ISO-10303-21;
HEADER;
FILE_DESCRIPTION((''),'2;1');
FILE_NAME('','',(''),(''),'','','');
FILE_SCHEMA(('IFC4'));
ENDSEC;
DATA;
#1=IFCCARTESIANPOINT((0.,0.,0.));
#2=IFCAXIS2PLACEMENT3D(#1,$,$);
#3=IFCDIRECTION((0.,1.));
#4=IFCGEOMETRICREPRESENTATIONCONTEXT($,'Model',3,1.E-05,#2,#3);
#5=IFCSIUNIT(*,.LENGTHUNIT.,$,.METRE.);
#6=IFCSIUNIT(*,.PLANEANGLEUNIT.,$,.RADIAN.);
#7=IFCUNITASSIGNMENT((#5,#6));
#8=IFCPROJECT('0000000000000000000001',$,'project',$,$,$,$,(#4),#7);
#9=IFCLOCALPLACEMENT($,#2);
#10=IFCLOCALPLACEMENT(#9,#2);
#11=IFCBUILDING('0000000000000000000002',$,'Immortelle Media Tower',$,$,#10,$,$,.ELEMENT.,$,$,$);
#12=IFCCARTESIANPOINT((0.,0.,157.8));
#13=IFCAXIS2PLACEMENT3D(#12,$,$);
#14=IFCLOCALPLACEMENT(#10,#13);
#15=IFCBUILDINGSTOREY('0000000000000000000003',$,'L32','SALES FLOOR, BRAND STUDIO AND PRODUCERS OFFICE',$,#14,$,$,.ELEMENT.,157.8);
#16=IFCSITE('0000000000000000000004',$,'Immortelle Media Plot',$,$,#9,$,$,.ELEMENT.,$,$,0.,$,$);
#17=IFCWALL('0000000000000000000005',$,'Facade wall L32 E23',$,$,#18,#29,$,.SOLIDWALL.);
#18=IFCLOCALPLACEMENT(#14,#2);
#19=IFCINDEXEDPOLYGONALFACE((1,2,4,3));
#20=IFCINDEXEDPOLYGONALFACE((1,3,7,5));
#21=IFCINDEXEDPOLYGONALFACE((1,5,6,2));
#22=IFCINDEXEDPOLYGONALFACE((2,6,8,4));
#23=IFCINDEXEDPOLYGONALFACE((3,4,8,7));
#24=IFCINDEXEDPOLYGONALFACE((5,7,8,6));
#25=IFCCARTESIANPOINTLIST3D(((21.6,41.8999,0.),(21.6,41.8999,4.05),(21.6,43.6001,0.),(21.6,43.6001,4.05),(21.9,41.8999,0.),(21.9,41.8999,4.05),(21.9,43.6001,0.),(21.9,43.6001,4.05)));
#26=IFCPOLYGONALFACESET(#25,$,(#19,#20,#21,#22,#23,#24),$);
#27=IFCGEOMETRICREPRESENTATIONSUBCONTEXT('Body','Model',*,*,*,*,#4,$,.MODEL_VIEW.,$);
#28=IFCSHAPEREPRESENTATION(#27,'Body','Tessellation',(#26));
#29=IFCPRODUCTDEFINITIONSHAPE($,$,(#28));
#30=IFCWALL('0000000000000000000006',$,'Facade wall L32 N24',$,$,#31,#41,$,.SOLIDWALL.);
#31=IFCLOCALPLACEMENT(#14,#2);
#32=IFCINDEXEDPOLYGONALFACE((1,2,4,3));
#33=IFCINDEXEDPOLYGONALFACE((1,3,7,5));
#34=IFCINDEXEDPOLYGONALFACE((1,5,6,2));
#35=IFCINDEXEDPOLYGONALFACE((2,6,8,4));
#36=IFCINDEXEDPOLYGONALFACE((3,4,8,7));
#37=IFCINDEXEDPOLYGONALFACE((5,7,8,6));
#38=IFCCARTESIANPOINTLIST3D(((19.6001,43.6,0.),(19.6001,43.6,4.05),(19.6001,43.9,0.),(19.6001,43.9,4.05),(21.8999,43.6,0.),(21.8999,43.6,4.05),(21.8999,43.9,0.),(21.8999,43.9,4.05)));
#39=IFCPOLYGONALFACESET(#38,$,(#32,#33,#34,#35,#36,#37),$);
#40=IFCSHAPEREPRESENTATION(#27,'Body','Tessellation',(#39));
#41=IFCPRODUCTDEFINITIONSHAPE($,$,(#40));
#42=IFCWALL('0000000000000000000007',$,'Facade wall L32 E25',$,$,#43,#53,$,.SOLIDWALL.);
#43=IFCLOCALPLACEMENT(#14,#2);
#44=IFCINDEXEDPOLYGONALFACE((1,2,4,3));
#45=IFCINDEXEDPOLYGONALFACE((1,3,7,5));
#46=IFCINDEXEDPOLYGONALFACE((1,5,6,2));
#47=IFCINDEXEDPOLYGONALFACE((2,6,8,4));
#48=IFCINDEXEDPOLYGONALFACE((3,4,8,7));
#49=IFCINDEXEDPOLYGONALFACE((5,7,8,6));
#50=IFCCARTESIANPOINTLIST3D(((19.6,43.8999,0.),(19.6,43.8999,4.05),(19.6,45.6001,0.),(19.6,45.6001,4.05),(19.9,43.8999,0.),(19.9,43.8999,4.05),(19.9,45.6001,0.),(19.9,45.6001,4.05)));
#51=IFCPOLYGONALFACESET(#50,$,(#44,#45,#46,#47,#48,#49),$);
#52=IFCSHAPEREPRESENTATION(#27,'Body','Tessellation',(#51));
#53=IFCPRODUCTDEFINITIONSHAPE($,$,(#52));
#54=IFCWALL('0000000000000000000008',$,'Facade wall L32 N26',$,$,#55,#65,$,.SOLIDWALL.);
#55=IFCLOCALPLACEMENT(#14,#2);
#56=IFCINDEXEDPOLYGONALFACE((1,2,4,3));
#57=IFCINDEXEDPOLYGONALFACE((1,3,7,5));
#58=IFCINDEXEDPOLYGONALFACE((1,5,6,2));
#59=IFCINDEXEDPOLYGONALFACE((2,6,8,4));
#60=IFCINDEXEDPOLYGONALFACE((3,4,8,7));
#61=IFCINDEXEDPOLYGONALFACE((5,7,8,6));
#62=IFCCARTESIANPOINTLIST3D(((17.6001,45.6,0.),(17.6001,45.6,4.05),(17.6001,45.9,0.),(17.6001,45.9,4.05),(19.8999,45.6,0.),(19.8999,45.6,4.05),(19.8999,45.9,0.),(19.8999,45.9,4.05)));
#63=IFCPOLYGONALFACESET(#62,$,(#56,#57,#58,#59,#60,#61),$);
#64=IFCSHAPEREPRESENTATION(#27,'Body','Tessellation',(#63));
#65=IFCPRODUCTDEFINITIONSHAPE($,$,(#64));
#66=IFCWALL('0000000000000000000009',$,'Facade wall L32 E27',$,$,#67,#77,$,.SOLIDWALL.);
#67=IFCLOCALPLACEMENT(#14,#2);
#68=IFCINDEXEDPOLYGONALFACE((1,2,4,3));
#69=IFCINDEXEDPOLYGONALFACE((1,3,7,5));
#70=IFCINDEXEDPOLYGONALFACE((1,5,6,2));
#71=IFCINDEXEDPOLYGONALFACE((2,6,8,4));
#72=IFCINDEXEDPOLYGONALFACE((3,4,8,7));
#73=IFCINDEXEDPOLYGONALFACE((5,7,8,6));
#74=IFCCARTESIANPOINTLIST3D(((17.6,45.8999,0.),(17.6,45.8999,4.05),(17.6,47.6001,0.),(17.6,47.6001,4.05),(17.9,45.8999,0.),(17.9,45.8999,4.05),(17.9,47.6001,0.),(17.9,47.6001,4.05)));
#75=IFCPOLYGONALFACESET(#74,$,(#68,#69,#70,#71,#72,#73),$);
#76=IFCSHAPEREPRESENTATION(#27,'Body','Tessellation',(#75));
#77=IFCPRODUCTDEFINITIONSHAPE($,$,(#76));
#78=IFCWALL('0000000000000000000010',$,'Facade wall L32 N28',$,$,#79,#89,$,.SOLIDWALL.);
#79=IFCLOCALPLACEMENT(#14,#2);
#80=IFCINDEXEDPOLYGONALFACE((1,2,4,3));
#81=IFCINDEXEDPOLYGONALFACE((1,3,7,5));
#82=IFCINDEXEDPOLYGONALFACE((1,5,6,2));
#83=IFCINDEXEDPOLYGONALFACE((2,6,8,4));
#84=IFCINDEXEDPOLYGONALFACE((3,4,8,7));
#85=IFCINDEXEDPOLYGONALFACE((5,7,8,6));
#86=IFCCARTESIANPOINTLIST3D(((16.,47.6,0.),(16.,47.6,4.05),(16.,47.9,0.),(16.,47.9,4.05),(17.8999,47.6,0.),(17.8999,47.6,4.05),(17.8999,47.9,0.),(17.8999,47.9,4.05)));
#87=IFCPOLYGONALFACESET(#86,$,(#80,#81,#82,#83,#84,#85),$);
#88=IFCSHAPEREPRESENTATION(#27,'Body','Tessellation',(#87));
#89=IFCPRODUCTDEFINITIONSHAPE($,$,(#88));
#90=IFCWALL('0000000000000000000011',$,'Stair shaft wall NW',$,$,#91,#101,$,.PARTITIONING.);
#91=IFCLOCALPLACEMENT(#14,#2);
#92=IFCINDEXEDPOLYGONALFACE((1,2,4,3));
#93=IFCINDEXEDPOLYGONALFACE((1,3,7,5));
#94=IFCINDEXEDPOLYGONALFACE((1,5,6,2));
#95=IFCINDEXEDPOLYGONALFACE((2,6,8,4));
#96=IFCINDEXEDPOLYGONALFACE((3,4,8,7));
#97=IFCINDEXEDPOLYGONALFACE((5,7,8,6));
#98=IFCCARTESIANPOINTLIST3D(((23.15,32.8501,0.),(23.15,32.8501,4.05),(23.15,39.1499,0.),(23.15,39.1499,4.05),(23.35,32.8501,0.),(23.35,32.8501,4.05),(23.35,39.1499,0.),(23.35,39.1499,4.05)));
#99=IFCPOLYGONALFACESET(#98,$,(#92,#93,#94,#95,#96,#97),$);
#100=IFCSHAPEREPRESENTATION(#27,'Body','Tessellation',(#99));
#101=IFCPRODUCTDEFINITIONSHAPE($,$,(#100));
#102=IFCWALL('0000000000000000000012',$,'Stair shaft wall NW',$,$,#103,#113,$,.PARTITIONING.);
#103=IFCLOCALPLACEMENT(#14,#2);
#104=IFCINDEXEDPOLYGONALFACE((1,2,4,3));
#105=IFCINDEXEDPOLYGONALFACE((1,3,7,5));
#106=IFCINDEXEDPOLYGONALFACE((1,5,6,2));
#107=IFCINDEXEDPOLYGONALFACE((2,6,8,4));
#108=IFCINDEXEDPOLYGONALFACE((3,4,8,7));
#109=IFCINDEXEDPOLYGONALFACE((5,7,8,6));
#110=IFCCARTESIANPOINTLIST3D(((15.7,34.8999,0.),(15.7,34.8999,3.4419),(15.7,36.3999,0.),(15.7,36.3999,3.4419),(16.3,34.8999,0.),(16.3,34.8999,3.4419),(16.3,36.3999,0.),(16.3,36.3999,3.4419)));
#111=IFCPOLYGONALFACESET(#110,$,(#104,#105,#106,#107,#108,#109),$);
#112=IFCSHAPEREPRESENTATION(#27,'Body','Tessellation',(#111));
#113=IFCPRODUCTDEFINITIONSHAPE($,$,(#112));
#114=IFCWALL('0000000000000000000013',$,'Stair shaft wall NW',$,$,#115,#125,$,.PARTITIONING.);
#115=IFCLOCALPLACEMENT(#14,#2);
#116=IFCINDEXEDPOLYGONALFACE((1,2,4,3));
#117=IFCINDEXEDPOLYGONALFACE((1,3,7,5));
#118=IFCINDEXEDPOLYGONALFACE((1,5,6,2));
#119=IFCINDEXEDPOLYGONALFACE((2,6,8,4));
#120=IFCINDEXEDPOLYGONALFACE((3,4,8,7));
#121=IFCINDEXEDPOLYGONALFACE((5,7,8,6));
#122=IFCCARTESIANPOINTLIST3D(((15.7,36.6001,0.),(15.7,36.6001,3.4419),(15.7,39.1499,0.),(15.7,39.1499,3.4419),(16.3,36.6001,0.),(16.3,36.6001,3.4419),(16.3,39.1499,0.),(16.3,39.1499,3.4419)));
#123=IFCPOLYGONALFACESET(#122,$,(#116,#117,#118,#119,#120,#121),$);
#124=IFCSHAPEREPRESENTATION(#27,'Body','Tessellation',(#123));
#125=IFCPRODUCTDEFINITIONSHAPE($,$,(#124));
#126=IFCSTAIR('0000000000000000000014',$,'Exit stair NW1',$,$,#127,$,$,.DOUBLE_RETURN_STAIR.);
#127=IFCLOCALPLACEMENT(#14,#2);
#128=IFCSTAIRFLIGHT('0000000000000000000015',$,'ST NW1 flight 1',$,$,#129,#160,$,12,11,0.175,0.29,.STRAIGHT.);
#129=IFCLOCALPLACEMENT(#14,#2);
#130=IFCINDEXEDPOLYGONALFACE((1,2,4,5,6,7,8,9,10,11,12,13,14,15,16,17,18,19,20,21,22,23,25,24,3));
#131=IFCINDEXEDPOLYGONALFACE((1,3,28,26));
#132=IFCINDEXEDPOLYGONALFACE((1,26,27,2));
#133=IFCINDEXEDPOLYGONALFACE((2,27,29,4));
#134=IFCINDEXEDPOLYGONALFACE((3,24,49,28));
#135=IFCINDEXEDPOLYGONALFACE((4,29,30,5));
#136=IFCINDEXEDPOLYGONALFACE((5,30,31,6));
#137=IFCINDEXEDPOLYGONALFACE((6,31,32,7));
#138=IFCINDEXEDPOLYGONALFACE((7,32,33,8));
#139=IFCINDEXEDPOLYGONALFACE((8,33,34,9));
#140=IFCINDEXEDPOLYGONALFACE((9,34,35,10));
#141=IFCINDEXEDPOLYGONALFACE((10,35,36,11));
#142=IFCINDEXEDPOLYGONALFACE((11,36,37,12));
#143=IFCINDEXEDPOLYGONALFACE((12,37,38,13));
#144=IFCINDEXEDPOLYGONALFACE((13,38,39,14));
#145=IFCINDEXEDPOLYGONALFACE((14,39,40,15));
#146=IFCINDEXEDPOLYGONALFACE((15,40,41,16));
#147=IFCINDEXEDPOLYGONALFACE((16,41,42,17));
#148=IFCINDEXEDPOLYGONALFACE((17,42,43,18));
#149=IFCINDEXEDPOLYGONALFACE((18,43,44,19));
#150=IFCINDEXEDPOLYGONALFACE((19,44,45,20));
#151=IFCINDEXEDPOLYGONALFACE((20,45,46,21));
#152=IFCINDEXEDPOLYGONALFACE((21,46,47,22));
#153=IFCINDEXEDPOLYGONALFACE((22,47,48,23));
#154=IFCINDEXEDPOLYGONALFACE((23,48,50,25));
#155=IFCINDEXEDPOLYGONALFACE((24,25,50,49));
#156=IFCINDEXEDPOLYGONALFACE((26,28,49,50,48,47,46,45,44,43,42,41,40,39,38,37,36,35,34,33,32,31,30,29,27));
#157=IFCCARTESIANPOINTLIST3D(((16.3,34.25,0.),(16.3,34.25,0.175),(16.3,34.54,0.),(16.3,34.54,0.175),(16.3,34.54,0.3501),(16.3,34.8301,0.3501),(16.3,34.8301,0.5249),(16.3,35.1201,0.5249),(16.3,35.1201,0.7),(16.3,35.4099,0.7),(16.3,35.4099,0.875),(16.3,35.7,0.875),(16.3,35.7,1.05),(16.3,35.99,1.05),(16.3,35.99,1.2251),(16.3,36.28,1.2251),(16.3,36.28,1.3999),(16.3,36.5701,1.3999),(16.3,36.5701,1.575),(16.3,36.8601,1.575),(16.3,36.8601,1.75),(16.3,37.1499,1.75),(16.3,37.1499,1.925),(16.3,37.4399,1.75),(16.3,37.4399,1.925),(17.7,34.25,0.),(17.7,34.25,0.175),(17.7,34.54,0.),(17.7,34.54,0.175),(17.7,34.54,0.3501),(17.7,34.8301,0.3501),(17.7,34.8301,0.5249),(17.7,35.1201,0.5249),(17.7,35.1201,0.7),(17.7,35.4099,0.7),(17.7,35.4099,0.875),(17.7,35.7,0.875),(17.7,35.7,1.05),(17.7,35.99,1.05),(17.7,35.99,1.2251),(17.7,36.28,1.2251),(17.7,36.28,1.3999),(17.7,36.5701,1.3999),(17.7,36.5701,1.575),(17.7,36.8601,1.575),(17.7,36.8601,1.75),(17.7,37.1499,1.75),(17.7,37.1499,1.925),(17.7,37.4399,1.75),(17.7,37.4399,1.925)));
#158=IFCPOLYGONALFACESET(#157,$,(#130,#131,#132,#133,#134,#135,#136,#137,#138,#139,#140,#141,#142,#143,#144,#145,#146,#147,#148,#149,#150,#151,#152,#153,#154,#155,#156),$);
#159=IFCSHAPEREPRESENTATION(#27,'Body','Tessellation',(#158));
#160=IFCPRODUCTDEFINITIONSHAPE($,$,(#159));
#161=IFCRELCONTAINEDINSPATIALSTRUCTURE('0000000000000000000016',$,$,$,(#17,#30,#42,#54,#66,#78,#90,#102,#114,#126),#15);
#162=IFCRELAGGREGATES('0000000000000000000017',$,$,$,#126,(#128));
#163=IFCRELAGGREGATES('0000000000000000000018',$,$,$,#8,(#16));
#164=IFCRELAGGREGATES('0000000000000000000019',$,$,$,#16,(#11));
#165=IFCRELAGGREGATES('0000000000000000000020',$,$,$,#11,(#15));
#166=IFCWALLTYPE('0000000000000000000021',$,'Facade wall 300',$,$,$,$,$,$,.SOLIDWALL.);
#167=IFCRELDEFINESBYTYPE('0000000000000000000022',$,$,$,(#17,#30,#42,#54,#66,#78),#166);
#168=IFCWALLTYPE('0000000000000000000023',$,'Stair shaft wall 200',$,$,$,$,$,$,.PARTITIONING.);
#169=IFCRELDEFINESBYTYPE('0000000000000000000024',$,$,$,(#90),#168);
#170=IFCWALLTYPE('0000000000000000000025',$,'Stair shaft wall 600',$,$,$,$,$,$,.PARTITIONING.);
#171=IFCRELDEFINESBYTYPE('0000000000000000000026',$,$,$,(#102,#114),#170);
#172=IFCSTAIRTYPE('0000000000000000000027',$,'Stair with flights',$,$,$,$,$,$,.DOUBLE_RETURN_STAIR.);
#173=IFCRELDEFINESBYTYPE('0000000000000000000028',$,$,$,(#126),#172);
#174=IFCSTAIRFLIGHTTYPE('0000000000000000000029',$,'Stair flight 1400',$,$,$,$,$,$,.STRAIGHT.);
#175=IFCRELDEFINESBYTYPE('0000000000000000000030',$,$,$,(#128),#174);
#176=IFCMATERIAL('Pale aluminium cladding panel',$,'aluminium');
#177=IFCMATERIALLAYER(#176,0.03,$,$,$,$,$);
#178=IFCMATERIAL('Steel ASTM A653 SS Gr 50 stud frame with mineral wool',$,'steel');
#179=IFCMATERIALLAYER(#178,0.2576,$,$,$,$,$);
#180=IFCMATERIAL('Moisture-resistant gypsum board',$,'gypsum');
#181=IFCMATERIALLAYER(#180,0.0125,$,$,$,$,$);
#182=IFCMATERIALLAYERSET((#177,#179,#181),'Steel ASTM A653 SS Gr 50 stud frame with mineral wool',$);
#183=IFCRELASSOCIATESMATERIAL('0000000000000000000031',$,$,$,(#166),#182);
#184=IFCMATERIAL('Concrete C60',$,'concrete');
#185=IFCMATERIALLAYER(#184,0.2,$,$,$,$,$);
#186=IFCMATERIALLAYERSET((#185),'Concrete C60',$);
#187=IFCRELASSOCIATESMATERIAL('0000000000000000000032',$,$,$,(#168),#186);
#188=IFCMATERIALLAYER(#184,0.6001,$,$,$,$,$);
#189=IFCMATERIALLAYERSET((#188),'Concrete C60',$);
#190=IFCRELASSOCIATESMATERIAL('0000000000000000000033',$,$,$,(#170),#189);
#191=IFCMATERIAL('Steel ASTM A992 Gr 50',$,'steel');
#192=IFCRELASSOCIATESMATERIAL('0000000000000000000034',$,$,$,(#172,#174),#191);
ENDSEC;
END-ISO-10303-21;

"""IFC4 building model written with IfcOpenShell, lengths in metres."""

from ifc_helpers import new_model, si_unit, direction, frame, frame_2d, origin, place, context, subcontext, project, spatial, polyline, rectangle, outline, extrude, material, layer, layer_set, type_object, element, aggregate, save


model = new_model("IFC4")

# Units and contexts
model_context = context("Model", 3, precision=1e-05, world=origin(), true_north=direction((0.0, 1.0)))
body_context = subcontext(model_context, "Body", "Model", "MODEL_VIEW")
ifc_project = project(units=[si_unit("LENGTHUNIT", "METRE"), si_unit("PLANEANGLEUNIT", "RADIAN")], contexts=[model_context])

# Site, building, storey
site_placement = place(None, origin())
site = spatial("IfcSite", under=ifc_project, at=site_placement, Name="Immortelle Media Plot", CompositionType="ELEMENT", RefElevation=0.0)
building_placement = place(site_placement, origin())
building = spatial("IfcBuilding", under=site, at=building_placement, Name="Immortelle Media Tower", CompositionType="ELEMENT")
storey_placement = place(building_placement, frame((0.0, 0.0, 157.8)))
storey = spatial("IfcBuildingStorey", under=building, at=storey_placement, Name="L32", Description="SALES FLOOR, BRAND STUDIO AND PRODUCERS OFFICE", CompositionType="ELEMENT", Elevation=157.8)

# Shared definitions
ifc_material_1 = material(Name="Steel ASTM A992 Gr 50", Category="steel")

# Walls
ifc_material_2 = material(Name="Pale aluminium cladding panel", Category="aluminium")
ifc_layer_1 = layer(ifc_material_2, 0.03)
ifc_material_3 = material(Name="Steel ASTM A653 SS Gr 50 stud frame with mineral wool", Category="steel")
ifc_layer_2 = layer(ifc_material_3, 0.2576)
ifc_material_4 = material(Name="Moisture-resistant gypsum board", Category="gypsum")
ifc_layer_3 = layer(ifc_material_4, 0.0125)
ifc_layer_set_1 = layer_set([ifc_layer_1, ifc_layer_2, ifc_layer_3], Name="Steel ASTM A653 SS Gr 50 stud frame with mineral wool")
wall_type_1 = type_object("IfcWallType", Name="Facade wall 300", PredefinedType="SOLIDWALL", material=ifc_layer_set_1)
wall_1_placement = place(storey_placement, frame((21.75, 41.8999, 0.0), z_axis=(0.0, 0.0, 1.0), x_axis=(0.0, 1.0, 0.0)))
element("IfcWall", 1, at=wall_1_placement, inside=storey, type_object=wall_type_1, Name="Facade wall L32 E23", PredefinedType="SOLIDWALL", context=body_context, shape_type="SweptSolid", body=[
    extrude(rectangle(XDim=1.7002, YDim=0.3, at=frame_2d((0.8501, 0.0))), origin(), (0.0, 0.0, 1.0), 4.05),
])
wall_2_placement = place(storey_placement, frame((21.8999, 43.75, 0.0), z_axis=(0.0, 0.0, 1.0), x_axis=(-1.0, 0.0, 0.0)))
element("IfcWall", 2, at=wall_2_placement, inside=storey, type_object=wall_type_1, Name="Facade wall L32 N24", PredefinedType="SOLIDWALL", context=body_context, shape_type="SweptSolid", body=[
    extrude(rectangle(XDim=2.2998, YDim=0.3, at=frame_2d((1.1499, 0.0))), origin(), (0.0, 0.0, 1.0), 4.05),
])
wall_3_placement = place(storey_placement, frame((19.75, 43.8999, 0.0), z_axis=(0.0, 0.0, 1.0), x_axis=(0.0, 1.0, 0.0)))
element("IfcWall", 3, at=wall_3_placement, inside=storey, type_object=wall_type_1, Name="Facade wall L32 E25", PredefinedType="SOLIDWALL", context=body_context, shape_type="SweptSolid", body=[
    extrude(rectangle(XDim=1.7002, YDim=0.3, at=frame_2d((0.8501, 0.0))), origin(), (0.0, 0.0, 1.0), 4.05),
])
wall_4_placement = place(storey_placement, frame((19.8999, 45.75, 0.0), z_axis=(0.0, 0.0, 1.0), x_axis=(-1.0, 0.0, 0.0)))
element("IfcWall", 4, at=wall_4_placement, inside=storey, type_object=wall_type_1, Name="Facade wall L32 N26", PredefinedType="SOLIDWALL", context=body_context, shape_type="SweptSolid", body=[
    extrude(rectangle(XDim=2.2998, YDim=0.3, at=frame_2d((1.1499, 0.0))), origin(), (0.0, 0.0, 1.0), 4.05),
])
wall_5_placement = place(storey_placement, frame((17.75, 45.8999, 0.0), z_axis=(0.0, 0.0, 1.0), x_axis=(0.0, 1.0, 0.0)))
element("IfcWall", 5, at=wall_5_placement, inside=storey, type_object=wall_type_1, Name="Facade wall L32 E27", PredefinedType="SOLIDWALL", context=body_context, shape_type="SweptSolid", body=[
    extrude(rectangle(XDim=1.7002, YDim=0.3, at=frame_2d((0.8501, 0.0))), origin(), (0.0, 0.0, 1.0), 4.05),
])
wall_6_placement = place(storey_placement, frame((17.8999, 47.75, 0.0), z_axis=(0.0, 0.0, 1.0), x_axis=(-1.0, 0.0, 0.0)))
element("IfcWall", 6, at=wall_6_placement, inside=storey, type_object=wall_type_1, Name="Facade wall L32 N28", PredefinedType="SOLIDWALL", context=body_context, shape_type="SweptSolid", body=[
    extrude(rectangle(XDim=1.8999, YDim=0.3, at=frame_2d((0.95, 0.0))), origin(), (0.0, 0.0, 1.0), 4.05),
])
ifc_material_5 = material(Name="Concrete C60", Category="concrete")
ifc_layer_4 = layer(ifc_material_5, 0.2)
ifc_layer_set_2 = layer_set([ifc_layer_4], Name="Concrete C60")
wall_type_2 = type_object("IfcWallType", Name="Stair shaft wall 200", PredefinedType="PARTITIONING", material=ifc_layer_set_2)
wall_7_placement = place(storey_placement, frame((23.25, 32.8501, 0.0), z_axis=(0.0, 0.0, 1.0), x_axis=(0.0, 1.0, 0.0)))
element("IfcWall", 7, at=wall_7_placement, inside=storey, type_object=wall_type_2, Name="Stair shaft wall NW", PredefinedType="PARTITIONING", context=body_context, shape_type="SweptSolid", body=[
    extrude(rectangle(XDim=6.2998, YDim=0.2, at=frame_2d((3.1499, 0.0))), origin(), (0.0, 0.0, 1.0), 4.05),
])
ifc_layer_5 = layer(ifc_material_5, 0.6001)
ifc_layer_set_3 = layer_set([ifc_layer_5], Name="Concrete C60")
wall_type_3 = type_object("IfcWallType", Name="Stair shaft wall 600", PredefinedType="PARTITIONING", material=ifc_layer_set_3)
wall_8_placement = place(storey_placement, frame((16.0, 34.8999, 0.0), z_axis=(0.0, 0.0, 1.0), x_axis=(0.0, 1.0, 0.0)))
element("IfcWall", 8, at=wall_8_placement, inside=storey, type_object=wall_type_3, Name="Stair shaft wall NW", PredefinedType="PARTITIONING", context=body_context, shape_type="SweptSolid", body=[
    extrude(rectangle(XDim=1.5, YDim=0.6001, at=frame_2d((0.75, 0.0))), origin(), (0.0, 0.0, 1.0), 3.4419),
])
wall_9_placement = place(storey_placement, frame((16.0, 36.6001, 0.0), z_axis=(0.0, 0.0, 1.0), x_axis=(0.0, 1.0, 0.0)))
element("IfcWall", 9, at=wall_9_placement, inside=storey, type_object=wall_type_3, Name="Stair shaft wall NW", PredefinedType="PARTITIONING", context=body_context, shape_type="SweptSolid", body=[
    extrude(rectangle(XDim=2.5498, YDim=0.6001, at=frame_2d((1.2749, 0.0))), origin(), (0.0, 0.0, 1.0), 3.4419),
])

# Stair, stair flight
stair_type = type_object("IfcStairType", Name="Stair with flights", PredefinedType="DOUBLE_RETURN_STAIR", material=ifc_material_1)
stair_1_placement = place(storey_placement, origin())
stair_1 = element("IfcStair", 10, at=stair_1_placement, inside=storey, type_object=stair_type, Name="Exit stair NW1", PredefinedType="DOUBLE_RETURN_STAIR")
stair_flight_type = type_object("IfcStairFlightType", Name="Stair flight 1400", PredefinedType="STRAIGHT", material=ifc_material_1)
stair_flight_1_placement = place(storey_placement, frame((17.0, 34.25, 0.0), z_axis=(0.0, 0.0, 1.0), x_axis=(0.0, 1.0, 0.0)))
stair_flight_1 = element("IfcStairFlight", 11, at=stair_flight_1_placement, type_object=stair_flight_type, Name="ST NW1 flight 1", NumberOfRisers=12, NumberOfTreads=11, PredefinedType="STRAIGHT", RiserHeight=0.175, TreadLength=0.29, context=body_context, shape_type="SweptSolid", body=[
    extrude(outline(polyline([(0.0, 0.0), (0.0, 0.175), (0.29, 0.175), (0.29, 0.3501), (0.5801, 0.3501), (0.5801, 0.5249), (0.8701, 0.5249), (0.8701, 0.7), (1.1599, 0.7), (1.1599, 0.875), (1.45, 0.875), (1.45, 1.05), (1.74, 1.05), (1.74, 1.2251), (2.03, 1.2251), (2.03, 1.3999), (2.3201, 1.3999), (2.3201, 1.575), (2.6101, 1.575), (2.6101, 1.75), (2.8999, 1.75), (2.8999, 1.925), (3.1899, 1.925), (3.1899, 2.1001), (3.1899, 1.75), (0.29, 0.0), (0.0, 0.0)])), frame((0.0, 0.7, 0.0), z_axis=(0.0, -1.0, 0.0), x_axis=(1.0, 0.0, 0.0)), (0.0, 0.0, 1.0), 1.3999),
])
aggregate(stair_1, [stair_flight_1])

save(model, "model.ifc")
